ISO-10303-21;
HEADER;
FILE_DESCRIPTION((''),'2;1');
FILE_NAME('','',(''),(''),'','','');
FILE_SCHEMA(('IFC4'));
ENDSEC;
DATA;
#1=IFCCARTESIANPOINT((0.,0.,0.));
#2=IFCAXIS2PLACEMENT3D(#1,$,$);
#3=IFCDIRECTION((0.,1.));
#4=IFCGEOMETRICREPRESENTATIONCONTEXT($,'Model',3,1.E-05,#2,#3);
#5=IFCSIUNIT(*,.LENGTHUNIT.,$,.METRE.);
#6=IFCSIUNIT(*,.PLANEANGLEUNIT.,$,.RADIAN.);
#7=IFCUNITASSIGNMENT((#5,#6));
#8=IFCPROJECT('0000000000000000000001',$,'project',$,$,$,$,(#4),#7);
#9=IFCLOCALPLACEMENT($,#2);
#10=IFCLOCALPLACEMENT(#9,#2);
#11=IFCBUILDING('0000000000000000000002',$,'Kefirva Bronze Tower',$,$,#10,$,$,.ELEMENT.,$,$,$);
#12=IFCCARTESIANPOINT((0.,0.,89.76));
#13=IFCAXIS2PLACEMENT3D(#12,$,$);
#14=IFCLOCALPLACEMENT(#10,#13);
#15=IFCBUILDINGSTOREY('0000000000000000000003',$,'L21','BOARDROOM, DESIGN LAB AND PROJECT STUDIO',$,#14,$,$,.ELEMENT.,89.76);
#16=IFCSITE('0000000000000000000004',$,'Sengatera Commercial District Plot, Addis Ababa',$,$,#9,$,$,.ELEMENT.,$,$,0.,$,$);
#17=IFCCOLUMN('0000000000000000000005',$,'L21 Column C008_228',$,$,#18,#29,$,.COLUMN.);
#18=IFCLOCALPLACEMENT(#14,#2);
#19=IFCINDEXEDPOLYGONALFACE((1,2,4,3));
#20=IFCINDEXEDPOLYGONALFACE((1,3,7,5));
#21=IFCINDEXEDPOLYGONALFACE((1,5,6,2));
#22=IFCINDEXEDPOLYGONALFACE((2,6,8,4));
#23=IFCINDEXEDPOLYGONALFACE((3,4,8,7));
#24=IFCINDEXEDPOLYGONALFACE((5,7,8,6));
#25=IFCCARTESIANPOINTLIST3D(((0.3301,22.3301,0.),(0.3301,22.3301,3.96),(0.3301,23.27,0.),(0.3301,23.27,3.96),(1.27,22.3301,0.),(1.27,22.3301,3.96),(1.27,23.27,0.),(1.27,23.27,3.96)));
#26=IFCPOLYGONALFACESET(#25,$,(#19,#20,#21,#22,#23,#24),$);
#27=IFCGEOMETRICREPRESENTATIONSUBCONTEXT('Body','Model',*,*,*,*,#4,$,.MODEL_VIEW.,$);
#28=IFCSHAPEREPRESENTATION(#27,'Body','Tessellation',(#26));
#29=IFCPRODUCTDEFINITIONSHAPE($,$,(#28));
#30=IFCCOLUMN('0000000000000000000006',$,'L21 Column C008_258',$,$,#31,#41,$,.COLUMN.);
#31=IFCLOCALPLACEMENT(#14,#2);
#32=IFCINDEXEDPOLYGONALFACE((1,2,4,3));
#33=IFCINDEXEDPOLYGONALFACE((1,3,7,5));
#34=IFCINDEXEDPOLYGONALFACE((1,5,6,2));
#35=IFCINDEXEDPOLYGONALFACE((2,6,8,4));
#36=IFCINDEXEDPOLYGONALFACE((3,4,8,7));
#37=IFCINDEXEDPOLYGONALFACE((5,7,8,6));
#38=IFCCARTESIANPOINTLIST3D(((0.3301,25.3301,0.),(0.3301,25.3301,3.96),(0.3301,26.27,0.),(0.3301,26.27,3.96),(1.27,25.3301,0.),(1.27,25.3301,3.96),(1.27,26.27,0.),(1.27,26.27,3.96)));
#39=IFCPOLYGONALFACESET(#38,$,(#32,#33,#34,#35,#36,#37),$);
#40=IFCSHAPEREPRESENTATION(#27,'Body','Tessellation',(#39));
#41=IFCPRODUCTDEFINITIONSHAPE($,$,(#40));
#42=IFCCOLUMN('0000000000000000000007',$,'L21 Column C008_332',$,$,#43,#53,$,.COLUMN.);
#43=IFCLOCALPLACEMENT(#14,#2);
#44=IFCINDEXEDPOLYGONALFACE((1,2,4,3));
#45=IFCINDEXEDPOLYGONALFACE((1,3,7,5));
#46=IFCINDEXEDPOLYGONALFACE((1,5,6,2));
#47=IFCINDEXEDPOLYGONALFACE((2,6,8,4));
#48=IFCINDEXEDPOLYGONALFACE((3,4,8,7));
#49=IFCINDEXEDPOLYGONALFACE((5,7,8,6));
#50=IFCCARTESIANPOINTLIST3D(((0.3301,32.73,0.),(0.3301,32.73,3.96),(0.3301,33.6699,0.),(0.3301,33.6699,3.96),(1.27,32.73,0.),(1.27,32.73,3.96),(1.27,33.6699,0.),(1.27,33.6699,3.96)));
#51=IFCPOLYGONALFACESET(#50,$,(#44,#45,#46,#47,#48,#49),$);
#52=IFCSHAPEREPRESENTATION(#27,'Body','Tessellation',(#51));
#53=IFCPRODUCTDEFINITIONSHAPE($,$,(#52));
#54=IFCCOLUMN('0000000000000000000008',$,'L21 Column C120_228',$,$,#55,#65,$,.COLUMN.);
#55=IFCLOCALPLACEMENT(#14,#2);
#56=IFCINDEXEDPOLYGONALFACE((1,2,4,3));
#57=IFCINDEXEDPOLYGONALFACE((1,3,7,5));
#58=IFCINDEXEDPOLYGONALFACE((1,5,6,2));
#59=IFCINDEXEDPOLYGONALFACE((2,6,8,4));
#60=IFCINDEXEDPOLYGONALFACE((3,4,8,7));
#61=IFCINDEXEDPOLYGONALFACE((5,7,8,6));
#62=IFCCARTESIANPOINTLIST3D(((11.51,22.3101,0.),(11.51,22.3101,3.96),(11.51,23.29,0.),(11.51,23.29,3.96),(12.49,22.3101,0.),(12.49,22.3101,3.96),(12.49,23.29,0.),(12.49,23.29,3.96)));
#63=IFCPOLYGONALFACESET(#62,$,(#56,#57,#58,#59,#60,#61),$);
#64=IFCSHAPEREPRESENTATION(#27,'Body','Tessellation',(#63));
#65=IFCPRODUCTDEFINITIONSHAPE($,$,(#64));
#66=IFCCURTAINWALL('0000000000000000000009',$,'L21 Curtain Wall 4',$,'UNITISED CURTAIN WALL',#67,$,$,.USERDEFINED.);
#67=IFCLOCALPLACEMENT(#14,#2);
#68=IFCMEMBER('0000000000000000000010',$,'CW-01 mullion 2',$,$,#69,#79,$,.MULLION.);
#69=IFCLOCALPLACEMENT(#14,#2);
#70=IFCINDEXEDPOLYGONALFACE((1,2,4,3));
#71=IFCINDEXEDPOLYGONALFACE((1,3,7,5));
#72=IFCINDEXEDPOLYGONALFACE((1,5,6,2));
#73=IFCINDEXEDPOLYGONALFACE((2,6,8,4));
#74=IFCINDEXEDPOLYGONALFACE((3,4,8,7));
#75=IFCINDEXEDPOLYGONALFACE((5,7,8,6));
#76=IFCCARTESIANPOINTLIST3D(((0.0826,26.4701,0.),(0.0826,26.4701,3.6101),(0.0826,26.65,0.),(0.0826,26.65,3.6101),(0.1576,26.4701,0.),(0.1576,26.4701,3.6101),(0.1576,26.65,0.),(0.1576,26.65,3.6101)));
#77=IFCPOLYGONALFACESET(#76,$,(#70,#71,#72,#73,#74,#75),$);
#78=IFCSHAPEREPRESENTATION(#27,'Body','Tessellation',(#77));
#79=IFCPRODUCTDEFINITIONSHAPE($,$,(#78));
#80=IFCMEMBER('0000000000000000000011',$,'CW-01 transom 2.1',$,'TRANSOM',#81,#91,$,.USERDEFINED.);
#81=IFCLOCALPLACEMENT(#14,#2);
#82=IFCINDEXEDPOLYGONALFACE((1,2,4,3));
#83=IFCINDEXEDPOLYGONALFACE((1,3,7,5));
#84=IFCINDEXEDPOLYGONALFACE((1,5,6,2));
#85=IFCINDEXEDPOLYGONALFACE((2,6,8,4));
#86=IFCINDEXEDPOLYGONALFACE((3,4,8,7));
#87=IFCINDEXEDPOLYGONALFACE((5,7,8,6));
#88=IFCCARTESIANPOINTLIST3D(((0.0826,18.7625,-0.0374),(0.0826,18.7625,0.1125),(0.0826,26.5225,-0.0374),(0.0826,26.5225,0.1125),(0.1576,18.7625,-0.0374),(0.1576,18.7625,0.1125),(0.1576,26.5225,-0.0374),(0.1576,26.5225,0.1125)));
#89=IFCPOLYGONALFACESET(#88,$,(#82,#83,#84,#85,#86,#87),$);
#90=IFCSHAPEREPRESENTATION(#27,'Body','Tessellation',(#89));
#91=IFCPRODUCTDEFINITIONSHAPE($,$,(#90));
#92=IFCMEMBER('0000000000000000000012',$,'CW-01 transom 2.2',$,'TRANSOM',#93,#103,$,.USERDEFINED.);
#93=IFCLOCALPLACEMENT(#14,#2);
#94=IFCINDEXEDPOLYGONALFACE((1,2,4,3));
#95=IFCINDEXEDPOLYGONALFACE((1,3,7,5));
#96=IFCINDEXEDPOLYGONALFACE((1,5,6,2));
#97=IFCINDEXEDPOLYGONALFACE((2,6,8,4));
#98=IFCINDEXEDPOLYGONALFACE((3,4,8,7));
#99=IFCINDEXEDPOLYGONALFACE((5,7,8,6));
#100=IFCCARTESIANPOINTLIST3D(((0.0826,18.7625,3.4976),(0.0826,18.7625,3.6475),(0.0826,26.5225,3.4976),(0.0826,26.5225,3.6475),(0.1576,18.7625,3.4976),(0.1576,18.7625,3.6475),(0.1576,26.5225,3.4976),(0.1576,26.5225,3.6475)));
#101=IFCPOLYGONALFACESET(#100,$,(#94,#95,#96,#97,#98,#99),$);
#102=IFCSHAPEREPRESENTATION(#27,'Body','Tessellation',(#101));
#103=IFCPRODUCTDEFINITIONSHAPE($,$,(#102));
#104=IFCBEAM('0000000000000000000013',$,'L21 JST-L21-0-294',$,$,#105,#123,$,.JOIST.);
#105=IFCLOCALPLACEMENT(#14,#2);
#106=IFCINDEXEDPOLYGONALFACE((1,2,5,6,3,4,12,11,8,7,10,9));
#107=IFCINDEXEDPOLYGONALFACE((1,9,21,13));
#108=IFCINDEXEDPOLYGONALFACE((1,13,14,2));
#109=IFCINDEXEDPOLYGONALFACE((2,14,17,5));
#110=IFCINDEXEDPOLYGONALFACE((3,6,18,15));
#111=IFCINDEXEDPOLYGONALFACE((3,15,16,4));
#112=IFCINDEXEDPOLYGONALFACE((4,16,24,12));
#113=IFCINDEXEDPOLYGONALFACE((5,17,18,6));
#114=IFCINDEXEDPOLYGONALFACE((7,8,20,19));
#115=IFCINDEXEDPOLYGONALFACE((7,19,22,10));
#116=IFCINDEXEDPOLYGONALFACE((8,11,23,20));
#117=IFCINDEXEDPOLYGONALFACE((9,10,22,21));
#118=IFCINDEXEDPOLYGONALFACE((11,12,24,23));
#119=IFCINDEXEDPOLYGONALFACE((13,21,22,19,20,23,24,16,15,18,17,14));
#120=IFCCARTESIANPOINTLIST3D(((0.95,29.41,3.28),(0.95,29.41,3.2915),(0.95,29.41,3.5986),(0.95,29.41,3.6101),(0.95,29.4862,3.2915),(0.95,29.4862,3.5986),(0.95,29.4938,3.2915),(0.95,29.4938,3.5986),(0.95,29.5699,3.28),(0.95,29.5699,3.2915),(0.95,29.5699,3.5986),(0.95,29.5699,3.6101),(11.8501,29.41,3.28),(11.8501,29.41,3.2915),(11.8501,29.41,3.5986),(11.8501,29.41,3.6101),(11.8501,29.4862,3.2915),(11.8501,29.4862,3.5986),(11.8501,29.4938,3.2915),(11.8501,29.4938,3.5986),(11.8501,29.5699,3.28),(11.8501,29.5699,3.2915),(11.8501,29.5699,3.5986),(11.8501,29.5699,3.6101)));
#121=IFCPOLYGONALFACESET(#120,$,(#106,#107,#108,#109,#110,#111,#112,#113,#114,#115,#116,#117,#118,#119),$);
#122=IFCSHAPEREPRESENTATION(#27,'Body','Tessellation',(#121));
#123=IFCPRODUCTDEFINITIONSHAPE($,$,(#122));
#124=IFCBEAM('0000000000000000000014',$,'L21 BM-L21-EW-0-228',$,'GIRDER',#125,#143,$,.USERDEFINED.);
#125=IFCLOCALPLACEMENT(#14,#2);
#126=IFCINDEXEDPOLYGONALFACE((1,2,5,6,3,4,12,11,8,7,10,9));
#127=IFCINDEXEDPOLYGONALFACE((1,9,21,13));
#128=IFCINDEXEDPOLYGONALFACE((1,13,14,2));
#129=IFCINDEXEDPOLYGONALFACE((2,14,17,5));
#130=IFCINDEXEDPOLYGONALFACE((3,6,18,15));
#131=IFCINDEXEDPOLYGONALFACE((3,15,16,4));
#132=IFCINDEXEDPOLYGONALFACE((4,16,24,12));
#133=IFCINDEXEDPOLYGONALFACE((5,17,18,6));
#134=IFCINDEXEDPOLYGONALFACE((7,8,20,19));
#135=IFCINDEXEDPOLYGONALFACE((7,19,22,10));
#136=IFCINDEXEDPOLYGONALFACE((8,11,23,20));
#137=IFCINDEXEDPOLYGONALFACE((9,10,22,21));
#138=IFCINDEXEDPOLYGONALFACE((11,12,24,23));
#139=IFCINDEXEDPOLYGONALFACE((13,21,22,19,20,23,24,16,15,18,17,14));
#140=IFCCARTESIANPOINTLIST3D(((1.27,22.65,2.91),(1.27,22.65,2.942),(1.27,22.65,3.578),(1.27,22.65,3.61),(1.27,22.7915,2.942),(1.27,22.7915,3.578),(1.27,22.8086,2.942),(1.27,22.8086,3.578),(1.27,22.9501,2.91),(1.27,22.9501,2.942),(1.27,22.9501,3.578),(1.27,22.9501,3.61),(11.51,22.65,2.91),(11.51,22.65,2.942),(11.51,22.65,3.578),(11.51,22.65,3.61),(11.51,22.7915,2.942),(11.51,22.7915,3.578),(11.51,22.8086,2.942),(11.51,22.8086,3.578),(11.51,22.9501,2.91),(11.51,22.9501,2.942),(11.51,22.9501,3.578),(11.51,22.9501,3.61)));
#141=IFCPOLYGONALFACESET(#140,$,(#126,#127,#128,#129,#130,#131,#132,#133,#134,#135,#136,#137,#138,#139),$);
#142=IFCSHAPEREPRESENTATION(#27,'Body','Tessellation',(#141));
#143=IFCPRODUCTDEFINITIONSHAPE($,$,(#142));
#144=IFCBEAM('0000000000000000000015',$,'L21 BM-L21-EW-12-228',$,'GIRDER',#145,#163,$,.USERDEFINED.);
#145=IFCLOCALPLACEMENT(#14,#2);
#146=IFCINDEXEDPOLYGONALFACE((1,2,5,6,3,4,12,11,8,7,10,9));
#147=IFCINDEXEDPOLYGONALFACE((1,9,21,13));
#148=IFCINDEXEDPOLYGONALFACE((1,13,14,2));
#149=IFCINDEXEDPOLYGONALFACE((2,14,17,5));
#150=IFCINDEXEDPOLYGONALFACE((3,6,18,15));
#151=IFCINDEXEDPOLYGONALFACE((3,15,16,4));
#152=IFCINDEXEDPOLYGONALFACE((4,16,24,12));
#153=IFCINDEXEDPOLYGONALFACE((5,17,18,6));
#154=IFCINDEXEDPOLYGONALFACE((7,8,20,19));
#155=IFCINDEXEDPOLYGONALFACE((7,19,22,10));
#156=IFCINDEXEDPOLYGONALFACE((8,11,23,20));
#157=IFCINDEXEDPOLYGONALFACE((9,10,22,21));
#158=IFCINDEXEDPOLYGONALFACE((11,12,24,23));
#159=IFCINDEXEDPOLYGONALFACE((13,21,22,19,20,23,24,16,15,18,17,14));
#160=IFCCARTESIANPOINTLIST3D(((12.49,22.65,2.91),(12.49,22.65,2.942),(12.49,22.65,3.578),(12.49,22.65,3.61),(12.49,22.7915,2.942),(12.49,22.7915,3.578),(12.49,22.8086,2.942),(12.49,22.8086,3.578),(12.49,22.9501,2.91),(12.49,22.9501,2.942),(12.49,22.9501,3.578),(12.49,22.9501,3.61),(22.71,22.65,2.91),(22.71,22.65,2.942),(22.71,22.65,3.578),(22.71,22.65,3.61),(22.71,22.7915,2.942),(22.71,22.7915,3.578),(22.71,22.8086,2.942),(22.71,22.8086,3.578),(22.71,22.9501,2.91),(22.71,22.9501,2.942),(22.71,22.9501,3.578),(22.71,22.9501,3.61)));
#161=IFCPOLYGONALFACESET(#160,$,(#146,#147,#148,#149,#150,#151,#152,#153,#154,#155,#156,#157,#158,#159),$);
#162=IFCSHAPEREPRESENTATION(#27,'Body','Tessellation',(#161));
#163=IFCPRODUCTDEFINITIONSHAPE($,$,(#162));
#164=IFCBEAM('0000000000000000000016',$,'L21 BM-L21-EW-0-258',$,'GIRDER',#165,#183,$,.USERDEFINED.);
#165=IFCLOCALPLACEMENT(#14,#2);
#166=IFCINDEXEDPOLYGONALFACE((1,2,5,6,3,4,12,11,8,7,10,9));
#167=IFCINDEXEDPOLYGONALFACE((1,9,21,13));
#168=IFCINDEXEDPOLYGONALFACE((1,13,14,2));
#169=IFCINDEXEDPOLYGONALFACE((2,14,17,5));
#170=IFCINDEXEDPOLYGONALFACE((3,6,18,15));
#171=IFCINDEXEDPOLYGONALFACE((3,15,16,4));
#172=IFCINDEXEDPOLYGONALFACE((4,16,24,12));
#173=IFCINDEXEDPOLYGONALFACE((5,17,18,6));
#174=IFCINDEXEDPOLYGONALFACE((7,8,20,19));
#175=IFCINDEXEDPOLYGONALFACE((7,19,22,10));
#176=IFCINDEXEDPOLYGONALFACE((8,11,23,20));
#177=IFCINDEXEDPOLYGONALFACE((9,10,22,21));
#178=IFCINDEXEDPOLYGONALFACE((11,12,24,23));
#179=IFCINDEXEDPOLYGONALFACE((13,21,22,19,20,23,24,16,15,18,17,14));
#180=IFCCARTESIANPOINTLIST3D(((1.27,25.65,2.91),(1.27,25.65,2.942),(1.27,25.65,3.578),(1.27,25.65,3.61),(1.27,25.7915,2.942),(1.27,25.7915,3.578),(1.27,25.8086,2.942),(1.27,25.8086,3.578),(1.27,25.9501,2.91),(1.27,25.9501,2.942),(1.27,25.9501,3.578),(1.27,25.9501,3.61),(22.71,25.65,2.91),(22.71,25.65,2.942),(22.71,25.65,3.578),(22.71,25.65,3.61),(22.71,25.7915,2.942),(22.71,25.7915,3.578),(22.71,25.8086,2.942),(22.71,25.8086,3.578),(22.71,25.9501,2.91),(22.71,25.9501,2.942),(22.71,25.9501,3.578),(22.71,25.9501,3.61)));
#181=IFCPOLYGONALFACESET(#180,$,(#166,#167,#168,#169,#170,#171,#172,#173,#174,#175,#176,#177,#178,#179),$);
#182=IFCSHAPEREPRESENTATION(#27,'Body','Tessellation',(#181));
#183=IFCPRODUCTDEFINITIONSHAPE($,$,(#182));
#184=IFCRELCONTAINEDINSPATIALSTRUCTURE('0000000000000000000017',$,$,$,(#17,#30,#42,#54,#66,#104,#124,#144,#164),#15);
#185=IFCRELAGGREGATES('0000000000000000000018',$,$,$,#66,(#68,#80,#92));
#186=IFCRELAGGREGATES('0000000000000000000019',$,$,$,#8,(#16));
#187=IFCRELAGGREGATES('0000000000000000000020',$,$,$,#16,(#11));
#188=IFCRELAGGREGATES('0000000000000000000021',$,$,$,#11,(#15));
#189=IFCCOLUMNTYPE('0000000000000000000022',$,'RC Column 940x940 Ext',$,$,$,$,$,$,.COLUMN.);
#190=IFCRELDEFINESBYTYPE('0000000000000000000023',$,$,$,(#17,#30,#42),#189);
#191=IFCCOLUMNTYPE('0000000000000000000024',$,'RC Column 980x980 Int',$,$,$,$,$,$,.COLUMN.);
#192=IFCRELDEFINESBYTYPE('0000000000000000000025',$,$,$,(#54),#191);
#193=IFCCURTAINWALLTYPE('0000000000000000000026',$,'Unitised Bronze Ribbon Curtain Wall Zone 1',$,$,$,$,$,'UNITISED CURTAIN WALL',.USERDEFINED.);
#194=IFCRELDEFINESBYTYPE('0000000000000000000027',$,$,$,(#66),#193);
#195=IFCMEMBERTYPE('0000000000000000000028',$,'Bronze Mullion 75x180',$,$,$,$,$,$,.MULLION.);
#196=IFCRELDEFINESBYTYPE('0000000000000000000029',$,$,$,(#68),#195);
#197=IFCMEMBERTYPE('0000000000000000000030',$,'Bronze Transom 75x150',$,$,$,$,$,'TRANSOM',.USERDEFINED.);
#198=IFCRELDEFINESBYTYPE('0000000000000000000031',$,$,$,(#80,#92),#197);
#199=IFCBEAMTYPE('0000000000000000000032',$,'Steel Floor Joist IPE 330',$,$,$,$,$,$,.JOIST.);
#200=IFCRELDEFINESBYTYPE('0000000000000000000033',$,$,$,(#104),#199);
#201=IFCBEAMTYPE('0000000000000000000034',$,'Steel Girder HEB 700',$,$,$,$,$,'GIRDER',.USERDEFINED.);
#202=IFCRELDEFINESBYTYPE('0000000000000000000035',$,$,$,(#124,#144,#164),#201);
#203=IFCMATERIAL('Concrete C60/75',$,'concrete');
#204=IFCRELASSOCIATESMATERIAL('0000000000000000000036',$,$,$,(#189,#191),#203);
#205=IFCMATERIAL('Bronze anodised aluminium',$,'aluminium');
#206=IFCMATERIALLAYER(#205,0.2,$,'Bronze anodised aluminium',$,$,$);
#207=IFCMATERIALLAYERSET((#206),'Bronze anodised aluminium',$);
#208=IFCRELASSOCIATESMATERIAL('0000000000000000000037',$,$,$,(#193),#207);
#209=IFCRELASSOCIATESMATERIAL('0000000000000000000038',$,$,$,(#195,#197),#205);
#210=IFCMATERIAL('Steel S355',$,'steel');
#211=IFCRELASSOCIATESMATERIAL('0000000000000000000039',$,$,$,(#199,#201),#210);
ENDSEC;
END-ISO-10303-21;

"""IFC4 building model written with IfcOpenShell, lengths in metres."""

from ifc_helpers import new_model, si_unit, direction, frame, origin, origin_2d, place, context, subcontext, project, spatial, rectangle, i_section, extrude, material, layer, layer_set, material_profile, profile_set, type_object, element, aggregate, save


model = new_model("IFC4")

# Units and contexts
model_context = context("Model", 3, precision=1e-05, world=origin(), true_north=direction((0.0, 1.0)))
body_context = subcontext(model_context, "Body", "Model", "MODEL_VIEW")
ifc_project = project(units=[si_unit("LENGTHUNIT", "METRE"), si_unit("PLANEANGLEUNIT", "RADIAN")], contexts=[model_context])

# Site, building, storey
site_placement = place(None, origin())
site = spatial("IfcSite", under=ifc_project, at=site_placement, Name="Sengatera Commercial District Plot, Addis Ababa", CompositionType="ELEMENT", RefElevation=0.0)
building_placement = place(site_placement, origin())
building = spatial("IfcBuilding", under=site, at=building_placement, Name="Kefirva Bronze Tower", CompositionType="ELEMENT")
storey_placement = place(building_placement, frame((0.0, 0.0, 89.76)))
storey = spatial("IfcBuildingStorey", under=building, at=storey_placement, Name="L21", Description="BOARDROOM, DESIGN LAB AND PROJECT STUDIO", CompositionType="ELEMENT", Elevation=89.76)

# Columns
ifc_material_1 = material(Name="Concrete C60/75", Category="concrete")
ifc_material_profile_1 = material_profile(ifc_material_1, rectangle(XDim=0.9399, YDim=0.9399, at=origin_2d()), Name="RC 940x940")
ifc_profile_set_1 = profile_set([ifc_material_profile_1], Name="Concrete C60/75")
column_type_1 = type_object("IfcColumnType", Name="RC Column 940x940 Ext", PredefinedType="COLUMN", material=ifc_profile_set_1)
for number, where, z_axis, x_axis, name in (
    (1, (0.8, 22.8, 0.0), (0.0, 0.0, 1.0), (1.0, 0.0, 0.0), "L21 Column C008_228"),
    (2, (0.8, 25.8, 0.0), (0.0, 0.0, 1.0), (1.0, 0.0, 0.0), "L21 Column C008_258"),
    (3, (0.8, 33.2, 0.0), (0.0, 0.0, 1.0), (1.0, 0.0, 0.0), "L21 Column C008_332"),
):
    element("IfcColumn", number, at=place(storey_placement, frame(where, z_axis=z_axis, x_axis=x_axis)), inside=storey, type_object=column_type_1, Name=name, PredefinedType="COLUMN", context=body_context, shape_type="SweptSolid", body=[
        extrude(rectangle(XDim=0.9399, YDim=0.9399, at=origin_2d()), origin(), (0.0, 0.0, 1.0), 3.96),
    ])
ifc_material_profile_2 = material_profile(ifc_material_1, rectangle(XDim=0.98, YDim=0.98, at=origin_2d()), Name="RC 980x980")
ifc_profile_set_2 = profile_set([ifc_material_profile_2], Name="Concrete C60/75")
column_type_2 = type_object("IfcColumnType", Name="RC Column 980x980 Int", PredefinedType="COLUMN", material=ifc_profile_set_2)
column_placement = place(storey_placement, frame((12.0, 22.8, 0.0), z_axis=(0.0, 0.0, 1.0), x_axis=(1.0, 0.0, 0.0)))
element("IfcColumn", 4, at=column_placement, inside=storey, type_object=column_type_2, Name="L21 Column C120_228", PredefinedType="COLUMN", context=body_context, shape_type="SweptSolid", body=[
    extrude(rectangle(XDim=0.98, YDim=0.98, at=origin_2d()), origin(), (0.0, 0.0, 1.0), 3.96),
])

# Curtain wall, members
ifc_material_2 = material(Name="Bronze anodised aluminium", Category="aluminium")
ifc_layer_1 = layer(ifc_material_2, 0.2, Name="Bronze anodised aluminium")
ifc_layer_set_1 = layer_set([ifc_layer_1], Name="Bronze anodised aluminium")
curtain_wall_type = type_object("IfcCurtainWallType", Name="Unitised Bronze Ribbon Curtain Wall Zone 1", ElementType="UNITISED CURTAIN WALL", PredefinedType="USERDEFINED", material=ifc_layer_set_1)
curtain_wall_placement = place(storey_placement, origin())
curtain_wall = element("IfcCurtainWall", 5, at=curtain_wall_placement, inside=storey, type_object=curtain_wall_type, Name="L21 Curtain Wall 4", ObjectType="UNITISED CURTAIN WALL", PredefinedType="USERDEFINED")
ifc_material_profile_3 = material_profile(ifc_material_2, rectangle(XDim=0.075, YDim=0.1799, at=origin_2d()), Name="ALU 75x180")
ifc_profile_set_3 = profile_set([ifc_material_profile_3], Name="Bronze anodised aluminium")
member_type_1 = type_object("IfcMemberType", Name="Bronze Mullion 75x180", PredefinedType="MULLION", material=ifc_profile_set_3)
member_1_placement = place(storey_placement, frame((0.1201, 26.5601, 0.0), z_axis=(0.0, 0.0, 1.0), x_axis=(1.0, 0.0, 0.0)))
member_1 = element("IfcMember", 6, at=member_1_placement, type_object=member_type_1, Name="CW-01 mullion 2", PredefinedType="MULLION", context=body_context, shape_type="SweptSolid", body=[
    extrude(rectangle(XDim=0.075, YDim=0.1799, at=origin_2d()), origin(), (0.0, 0.0, 1.0), 3.6101),
])
ifc_material_profile_4 = material_profile(ifc_material_2, rectangle(XDim=0.075, YDim=0.1499, at=origin_2d()), Name="ALU 75x150")
ifc_profile_set_4 = profile_set([ifc_material_profile_4], Name="Bronze anodised aluminium")
member_type_2 = type_object("IfcMemberType", Name="Bronze Transom 75x150", ElementType="TRANSOM", PredefinedType="USERDEFINED", material=ifc_profile_set_4)
member_2_placement = place(storey_placement, frame((0.1201, 26.5225, 0.0376), z_axis=(0.0, -1.0, 0.0), x_axis=(1.0, 0.0, 0.0)))
member_2 = element("IfcMember", 7, at=member_2_placement, type_object=member_type_2, Name="CW-01 transom 2.1", ObjectType="TRANSOM", PredefinedType="USERDEFINED", context=body_context, shape_type="SweptSolid", body=[
    extrude(rectangle(XDim=0.075, YDim=0.1499, at=origin_2d()), origin(), (0.0, 0.0, 1.0), 7.76),
])
member_3_placement = place(storey_placement, frame((0.1201, 26.5225, 3.5725), z_axis=(0.0, -1.0, 0.0), x_axis=(1.0, 0.0, 0.0)))
member_3 = element("IfcMember", 8, at=member_3_placement, type_object=member_type_2, Name="CW-01 transom 2.2", ObjectType="TRANSOM", PredefinedType="USERDEFINED", context=body_context, shape_type="SweptSolid", body=[
    extrude(rectangle(XDim=0.075, YDim=0.1499, at=origin_2d()), origin(), (0.0, 0.0, 1.0), 7.76),
])

# Beams
ifc_material_3 = material(Name="Steel S355", Category="steel")
ifc_material_profile_5 = material_profile(ifc_material_3, i_section(OverallWidth=0.1599, OverallDepth=0.3301, WebThickness=0.0076, FlangeThickness=0.0115, at=origin_2d()), Name="IPE 330")
ifc_profile_set_5 = profile_set([ifc_material_profile_5], Name="Steel S355")
beam_type_1 = type_object("IfcBeamType", Name="Steel Floor Joist IPE 330", PredefinedType="JOIST", material=ifc_profile_set_5)
beam_1_placement = place(storey_placement, frame((0.95, 29.49, 3.4451), z_axis=(1.0, 0.0, 0.0), x_axis=(0.0, 1.0, 0.0)))
element("IfcBeam", 9, at=beam_1_placement, inside=storey, type_object=beam_type_1, Name="L21 JST-L21-0-294", PredefinedType="JOIST", context=body_context, shape_type="SweptSolid", body=[
    extrude(i_section(OverallWidth=0.1599, OverallDepth=0.3301, WebThickness=0.0076, FlangeThickness=0.0115, at=origin_2d()), origin(), (0.0, 0.0, 1.0), 10.9001),
])
ifc_material_profile_6 = material_profile(ifc_material_3, i_section(OverallWidth=0.3, OverallDepth=0.7, WebThickness=0.0171, FlangeThickness=0.032, at=origin_2d()), Name="HEB 700")
ifc_profile_set_6 = profile_set([ifc_material_profile_6], Name="Steel S355")
beam_type_2 = type_object("IfcBeamType", Name="Steel Girder HEB 700", ElementType="GIRDER", PredefinedType="USERDEFINED", material=ifc_profile_set_6)
beam_2_placement = place(storey_placement, frame((1.27, 22.8, 3.26), z_axis=(1.0, 0.0, 0.0), x_axis=(0.0, 1.0, 0.0)))
element("IfcBeam", 10, at=beam_2_placement, inside=storey, type_object=beam_type_2, Name="L21 BM-L21-EW-0-228", ObjectType="GIRDER", PredefinedType="USERDEFINED", context=body_context, shape_type="SweptSolid", body=[
    extrude(i_section(OverallWidth=0.3, OverallDepth=0.7, WebThickness=0.0171, FlangeThickness=0.032, at=origin_2d()), origin(), (0.0, 0.0, 1.0), 10.24),
])
beam_3_placement = place(storey_placement, frame((12.49, 22.8, 3.26), z_axis=(1.0, 0.0, 0.0), x_axis=(0.0, 1.0, 0.0)))
element("IfcBeam", 11, at=beam_3_placement, inside=storey, type_object=beam_type_2, Name="L21 BM-L21-EW-12-228", ObjectType="GIRDER", PredefinedType="USERDEFINED", context=body_context, shape_type="SweptSolid", body=[
    extrude(i_section(OverallWidth=0.3, OverallDepth=0.7, WebThickness=0.0171, FlangeThickness=0.032, at=origin_2d()), origin(), (0.0, 0.0, 1.0), 10.22),
])
beam_4_placement = place(storey_placement, frame((1.27, 25.8, 3.26), z_axis=(1.0, 0.0, 0.0), x_axis=(0.0, 1.0, 0.0)))
element("IfcBeam", 12, at=beam_4_placement, inside=storey, type_object=beam_type_2, Name="L21 BM-L21-EW-0-258", ObjectType="GIRDER", PredefinedType="USERDEFINED", context=body_context, shape_type="SweptSolid", body=[
    extrude(i_section(OverallWidth=0.3, OverallDepth=0.7, WebThickness=0.0171, FlangeThickness=0.032, at=origin_2d()), origin(), (0.0, 0.0, 1.0), 21.4399),
])

aggregate(curtain_wall, [member_1, member_2, member_3])

save(model, "model.ifc")
